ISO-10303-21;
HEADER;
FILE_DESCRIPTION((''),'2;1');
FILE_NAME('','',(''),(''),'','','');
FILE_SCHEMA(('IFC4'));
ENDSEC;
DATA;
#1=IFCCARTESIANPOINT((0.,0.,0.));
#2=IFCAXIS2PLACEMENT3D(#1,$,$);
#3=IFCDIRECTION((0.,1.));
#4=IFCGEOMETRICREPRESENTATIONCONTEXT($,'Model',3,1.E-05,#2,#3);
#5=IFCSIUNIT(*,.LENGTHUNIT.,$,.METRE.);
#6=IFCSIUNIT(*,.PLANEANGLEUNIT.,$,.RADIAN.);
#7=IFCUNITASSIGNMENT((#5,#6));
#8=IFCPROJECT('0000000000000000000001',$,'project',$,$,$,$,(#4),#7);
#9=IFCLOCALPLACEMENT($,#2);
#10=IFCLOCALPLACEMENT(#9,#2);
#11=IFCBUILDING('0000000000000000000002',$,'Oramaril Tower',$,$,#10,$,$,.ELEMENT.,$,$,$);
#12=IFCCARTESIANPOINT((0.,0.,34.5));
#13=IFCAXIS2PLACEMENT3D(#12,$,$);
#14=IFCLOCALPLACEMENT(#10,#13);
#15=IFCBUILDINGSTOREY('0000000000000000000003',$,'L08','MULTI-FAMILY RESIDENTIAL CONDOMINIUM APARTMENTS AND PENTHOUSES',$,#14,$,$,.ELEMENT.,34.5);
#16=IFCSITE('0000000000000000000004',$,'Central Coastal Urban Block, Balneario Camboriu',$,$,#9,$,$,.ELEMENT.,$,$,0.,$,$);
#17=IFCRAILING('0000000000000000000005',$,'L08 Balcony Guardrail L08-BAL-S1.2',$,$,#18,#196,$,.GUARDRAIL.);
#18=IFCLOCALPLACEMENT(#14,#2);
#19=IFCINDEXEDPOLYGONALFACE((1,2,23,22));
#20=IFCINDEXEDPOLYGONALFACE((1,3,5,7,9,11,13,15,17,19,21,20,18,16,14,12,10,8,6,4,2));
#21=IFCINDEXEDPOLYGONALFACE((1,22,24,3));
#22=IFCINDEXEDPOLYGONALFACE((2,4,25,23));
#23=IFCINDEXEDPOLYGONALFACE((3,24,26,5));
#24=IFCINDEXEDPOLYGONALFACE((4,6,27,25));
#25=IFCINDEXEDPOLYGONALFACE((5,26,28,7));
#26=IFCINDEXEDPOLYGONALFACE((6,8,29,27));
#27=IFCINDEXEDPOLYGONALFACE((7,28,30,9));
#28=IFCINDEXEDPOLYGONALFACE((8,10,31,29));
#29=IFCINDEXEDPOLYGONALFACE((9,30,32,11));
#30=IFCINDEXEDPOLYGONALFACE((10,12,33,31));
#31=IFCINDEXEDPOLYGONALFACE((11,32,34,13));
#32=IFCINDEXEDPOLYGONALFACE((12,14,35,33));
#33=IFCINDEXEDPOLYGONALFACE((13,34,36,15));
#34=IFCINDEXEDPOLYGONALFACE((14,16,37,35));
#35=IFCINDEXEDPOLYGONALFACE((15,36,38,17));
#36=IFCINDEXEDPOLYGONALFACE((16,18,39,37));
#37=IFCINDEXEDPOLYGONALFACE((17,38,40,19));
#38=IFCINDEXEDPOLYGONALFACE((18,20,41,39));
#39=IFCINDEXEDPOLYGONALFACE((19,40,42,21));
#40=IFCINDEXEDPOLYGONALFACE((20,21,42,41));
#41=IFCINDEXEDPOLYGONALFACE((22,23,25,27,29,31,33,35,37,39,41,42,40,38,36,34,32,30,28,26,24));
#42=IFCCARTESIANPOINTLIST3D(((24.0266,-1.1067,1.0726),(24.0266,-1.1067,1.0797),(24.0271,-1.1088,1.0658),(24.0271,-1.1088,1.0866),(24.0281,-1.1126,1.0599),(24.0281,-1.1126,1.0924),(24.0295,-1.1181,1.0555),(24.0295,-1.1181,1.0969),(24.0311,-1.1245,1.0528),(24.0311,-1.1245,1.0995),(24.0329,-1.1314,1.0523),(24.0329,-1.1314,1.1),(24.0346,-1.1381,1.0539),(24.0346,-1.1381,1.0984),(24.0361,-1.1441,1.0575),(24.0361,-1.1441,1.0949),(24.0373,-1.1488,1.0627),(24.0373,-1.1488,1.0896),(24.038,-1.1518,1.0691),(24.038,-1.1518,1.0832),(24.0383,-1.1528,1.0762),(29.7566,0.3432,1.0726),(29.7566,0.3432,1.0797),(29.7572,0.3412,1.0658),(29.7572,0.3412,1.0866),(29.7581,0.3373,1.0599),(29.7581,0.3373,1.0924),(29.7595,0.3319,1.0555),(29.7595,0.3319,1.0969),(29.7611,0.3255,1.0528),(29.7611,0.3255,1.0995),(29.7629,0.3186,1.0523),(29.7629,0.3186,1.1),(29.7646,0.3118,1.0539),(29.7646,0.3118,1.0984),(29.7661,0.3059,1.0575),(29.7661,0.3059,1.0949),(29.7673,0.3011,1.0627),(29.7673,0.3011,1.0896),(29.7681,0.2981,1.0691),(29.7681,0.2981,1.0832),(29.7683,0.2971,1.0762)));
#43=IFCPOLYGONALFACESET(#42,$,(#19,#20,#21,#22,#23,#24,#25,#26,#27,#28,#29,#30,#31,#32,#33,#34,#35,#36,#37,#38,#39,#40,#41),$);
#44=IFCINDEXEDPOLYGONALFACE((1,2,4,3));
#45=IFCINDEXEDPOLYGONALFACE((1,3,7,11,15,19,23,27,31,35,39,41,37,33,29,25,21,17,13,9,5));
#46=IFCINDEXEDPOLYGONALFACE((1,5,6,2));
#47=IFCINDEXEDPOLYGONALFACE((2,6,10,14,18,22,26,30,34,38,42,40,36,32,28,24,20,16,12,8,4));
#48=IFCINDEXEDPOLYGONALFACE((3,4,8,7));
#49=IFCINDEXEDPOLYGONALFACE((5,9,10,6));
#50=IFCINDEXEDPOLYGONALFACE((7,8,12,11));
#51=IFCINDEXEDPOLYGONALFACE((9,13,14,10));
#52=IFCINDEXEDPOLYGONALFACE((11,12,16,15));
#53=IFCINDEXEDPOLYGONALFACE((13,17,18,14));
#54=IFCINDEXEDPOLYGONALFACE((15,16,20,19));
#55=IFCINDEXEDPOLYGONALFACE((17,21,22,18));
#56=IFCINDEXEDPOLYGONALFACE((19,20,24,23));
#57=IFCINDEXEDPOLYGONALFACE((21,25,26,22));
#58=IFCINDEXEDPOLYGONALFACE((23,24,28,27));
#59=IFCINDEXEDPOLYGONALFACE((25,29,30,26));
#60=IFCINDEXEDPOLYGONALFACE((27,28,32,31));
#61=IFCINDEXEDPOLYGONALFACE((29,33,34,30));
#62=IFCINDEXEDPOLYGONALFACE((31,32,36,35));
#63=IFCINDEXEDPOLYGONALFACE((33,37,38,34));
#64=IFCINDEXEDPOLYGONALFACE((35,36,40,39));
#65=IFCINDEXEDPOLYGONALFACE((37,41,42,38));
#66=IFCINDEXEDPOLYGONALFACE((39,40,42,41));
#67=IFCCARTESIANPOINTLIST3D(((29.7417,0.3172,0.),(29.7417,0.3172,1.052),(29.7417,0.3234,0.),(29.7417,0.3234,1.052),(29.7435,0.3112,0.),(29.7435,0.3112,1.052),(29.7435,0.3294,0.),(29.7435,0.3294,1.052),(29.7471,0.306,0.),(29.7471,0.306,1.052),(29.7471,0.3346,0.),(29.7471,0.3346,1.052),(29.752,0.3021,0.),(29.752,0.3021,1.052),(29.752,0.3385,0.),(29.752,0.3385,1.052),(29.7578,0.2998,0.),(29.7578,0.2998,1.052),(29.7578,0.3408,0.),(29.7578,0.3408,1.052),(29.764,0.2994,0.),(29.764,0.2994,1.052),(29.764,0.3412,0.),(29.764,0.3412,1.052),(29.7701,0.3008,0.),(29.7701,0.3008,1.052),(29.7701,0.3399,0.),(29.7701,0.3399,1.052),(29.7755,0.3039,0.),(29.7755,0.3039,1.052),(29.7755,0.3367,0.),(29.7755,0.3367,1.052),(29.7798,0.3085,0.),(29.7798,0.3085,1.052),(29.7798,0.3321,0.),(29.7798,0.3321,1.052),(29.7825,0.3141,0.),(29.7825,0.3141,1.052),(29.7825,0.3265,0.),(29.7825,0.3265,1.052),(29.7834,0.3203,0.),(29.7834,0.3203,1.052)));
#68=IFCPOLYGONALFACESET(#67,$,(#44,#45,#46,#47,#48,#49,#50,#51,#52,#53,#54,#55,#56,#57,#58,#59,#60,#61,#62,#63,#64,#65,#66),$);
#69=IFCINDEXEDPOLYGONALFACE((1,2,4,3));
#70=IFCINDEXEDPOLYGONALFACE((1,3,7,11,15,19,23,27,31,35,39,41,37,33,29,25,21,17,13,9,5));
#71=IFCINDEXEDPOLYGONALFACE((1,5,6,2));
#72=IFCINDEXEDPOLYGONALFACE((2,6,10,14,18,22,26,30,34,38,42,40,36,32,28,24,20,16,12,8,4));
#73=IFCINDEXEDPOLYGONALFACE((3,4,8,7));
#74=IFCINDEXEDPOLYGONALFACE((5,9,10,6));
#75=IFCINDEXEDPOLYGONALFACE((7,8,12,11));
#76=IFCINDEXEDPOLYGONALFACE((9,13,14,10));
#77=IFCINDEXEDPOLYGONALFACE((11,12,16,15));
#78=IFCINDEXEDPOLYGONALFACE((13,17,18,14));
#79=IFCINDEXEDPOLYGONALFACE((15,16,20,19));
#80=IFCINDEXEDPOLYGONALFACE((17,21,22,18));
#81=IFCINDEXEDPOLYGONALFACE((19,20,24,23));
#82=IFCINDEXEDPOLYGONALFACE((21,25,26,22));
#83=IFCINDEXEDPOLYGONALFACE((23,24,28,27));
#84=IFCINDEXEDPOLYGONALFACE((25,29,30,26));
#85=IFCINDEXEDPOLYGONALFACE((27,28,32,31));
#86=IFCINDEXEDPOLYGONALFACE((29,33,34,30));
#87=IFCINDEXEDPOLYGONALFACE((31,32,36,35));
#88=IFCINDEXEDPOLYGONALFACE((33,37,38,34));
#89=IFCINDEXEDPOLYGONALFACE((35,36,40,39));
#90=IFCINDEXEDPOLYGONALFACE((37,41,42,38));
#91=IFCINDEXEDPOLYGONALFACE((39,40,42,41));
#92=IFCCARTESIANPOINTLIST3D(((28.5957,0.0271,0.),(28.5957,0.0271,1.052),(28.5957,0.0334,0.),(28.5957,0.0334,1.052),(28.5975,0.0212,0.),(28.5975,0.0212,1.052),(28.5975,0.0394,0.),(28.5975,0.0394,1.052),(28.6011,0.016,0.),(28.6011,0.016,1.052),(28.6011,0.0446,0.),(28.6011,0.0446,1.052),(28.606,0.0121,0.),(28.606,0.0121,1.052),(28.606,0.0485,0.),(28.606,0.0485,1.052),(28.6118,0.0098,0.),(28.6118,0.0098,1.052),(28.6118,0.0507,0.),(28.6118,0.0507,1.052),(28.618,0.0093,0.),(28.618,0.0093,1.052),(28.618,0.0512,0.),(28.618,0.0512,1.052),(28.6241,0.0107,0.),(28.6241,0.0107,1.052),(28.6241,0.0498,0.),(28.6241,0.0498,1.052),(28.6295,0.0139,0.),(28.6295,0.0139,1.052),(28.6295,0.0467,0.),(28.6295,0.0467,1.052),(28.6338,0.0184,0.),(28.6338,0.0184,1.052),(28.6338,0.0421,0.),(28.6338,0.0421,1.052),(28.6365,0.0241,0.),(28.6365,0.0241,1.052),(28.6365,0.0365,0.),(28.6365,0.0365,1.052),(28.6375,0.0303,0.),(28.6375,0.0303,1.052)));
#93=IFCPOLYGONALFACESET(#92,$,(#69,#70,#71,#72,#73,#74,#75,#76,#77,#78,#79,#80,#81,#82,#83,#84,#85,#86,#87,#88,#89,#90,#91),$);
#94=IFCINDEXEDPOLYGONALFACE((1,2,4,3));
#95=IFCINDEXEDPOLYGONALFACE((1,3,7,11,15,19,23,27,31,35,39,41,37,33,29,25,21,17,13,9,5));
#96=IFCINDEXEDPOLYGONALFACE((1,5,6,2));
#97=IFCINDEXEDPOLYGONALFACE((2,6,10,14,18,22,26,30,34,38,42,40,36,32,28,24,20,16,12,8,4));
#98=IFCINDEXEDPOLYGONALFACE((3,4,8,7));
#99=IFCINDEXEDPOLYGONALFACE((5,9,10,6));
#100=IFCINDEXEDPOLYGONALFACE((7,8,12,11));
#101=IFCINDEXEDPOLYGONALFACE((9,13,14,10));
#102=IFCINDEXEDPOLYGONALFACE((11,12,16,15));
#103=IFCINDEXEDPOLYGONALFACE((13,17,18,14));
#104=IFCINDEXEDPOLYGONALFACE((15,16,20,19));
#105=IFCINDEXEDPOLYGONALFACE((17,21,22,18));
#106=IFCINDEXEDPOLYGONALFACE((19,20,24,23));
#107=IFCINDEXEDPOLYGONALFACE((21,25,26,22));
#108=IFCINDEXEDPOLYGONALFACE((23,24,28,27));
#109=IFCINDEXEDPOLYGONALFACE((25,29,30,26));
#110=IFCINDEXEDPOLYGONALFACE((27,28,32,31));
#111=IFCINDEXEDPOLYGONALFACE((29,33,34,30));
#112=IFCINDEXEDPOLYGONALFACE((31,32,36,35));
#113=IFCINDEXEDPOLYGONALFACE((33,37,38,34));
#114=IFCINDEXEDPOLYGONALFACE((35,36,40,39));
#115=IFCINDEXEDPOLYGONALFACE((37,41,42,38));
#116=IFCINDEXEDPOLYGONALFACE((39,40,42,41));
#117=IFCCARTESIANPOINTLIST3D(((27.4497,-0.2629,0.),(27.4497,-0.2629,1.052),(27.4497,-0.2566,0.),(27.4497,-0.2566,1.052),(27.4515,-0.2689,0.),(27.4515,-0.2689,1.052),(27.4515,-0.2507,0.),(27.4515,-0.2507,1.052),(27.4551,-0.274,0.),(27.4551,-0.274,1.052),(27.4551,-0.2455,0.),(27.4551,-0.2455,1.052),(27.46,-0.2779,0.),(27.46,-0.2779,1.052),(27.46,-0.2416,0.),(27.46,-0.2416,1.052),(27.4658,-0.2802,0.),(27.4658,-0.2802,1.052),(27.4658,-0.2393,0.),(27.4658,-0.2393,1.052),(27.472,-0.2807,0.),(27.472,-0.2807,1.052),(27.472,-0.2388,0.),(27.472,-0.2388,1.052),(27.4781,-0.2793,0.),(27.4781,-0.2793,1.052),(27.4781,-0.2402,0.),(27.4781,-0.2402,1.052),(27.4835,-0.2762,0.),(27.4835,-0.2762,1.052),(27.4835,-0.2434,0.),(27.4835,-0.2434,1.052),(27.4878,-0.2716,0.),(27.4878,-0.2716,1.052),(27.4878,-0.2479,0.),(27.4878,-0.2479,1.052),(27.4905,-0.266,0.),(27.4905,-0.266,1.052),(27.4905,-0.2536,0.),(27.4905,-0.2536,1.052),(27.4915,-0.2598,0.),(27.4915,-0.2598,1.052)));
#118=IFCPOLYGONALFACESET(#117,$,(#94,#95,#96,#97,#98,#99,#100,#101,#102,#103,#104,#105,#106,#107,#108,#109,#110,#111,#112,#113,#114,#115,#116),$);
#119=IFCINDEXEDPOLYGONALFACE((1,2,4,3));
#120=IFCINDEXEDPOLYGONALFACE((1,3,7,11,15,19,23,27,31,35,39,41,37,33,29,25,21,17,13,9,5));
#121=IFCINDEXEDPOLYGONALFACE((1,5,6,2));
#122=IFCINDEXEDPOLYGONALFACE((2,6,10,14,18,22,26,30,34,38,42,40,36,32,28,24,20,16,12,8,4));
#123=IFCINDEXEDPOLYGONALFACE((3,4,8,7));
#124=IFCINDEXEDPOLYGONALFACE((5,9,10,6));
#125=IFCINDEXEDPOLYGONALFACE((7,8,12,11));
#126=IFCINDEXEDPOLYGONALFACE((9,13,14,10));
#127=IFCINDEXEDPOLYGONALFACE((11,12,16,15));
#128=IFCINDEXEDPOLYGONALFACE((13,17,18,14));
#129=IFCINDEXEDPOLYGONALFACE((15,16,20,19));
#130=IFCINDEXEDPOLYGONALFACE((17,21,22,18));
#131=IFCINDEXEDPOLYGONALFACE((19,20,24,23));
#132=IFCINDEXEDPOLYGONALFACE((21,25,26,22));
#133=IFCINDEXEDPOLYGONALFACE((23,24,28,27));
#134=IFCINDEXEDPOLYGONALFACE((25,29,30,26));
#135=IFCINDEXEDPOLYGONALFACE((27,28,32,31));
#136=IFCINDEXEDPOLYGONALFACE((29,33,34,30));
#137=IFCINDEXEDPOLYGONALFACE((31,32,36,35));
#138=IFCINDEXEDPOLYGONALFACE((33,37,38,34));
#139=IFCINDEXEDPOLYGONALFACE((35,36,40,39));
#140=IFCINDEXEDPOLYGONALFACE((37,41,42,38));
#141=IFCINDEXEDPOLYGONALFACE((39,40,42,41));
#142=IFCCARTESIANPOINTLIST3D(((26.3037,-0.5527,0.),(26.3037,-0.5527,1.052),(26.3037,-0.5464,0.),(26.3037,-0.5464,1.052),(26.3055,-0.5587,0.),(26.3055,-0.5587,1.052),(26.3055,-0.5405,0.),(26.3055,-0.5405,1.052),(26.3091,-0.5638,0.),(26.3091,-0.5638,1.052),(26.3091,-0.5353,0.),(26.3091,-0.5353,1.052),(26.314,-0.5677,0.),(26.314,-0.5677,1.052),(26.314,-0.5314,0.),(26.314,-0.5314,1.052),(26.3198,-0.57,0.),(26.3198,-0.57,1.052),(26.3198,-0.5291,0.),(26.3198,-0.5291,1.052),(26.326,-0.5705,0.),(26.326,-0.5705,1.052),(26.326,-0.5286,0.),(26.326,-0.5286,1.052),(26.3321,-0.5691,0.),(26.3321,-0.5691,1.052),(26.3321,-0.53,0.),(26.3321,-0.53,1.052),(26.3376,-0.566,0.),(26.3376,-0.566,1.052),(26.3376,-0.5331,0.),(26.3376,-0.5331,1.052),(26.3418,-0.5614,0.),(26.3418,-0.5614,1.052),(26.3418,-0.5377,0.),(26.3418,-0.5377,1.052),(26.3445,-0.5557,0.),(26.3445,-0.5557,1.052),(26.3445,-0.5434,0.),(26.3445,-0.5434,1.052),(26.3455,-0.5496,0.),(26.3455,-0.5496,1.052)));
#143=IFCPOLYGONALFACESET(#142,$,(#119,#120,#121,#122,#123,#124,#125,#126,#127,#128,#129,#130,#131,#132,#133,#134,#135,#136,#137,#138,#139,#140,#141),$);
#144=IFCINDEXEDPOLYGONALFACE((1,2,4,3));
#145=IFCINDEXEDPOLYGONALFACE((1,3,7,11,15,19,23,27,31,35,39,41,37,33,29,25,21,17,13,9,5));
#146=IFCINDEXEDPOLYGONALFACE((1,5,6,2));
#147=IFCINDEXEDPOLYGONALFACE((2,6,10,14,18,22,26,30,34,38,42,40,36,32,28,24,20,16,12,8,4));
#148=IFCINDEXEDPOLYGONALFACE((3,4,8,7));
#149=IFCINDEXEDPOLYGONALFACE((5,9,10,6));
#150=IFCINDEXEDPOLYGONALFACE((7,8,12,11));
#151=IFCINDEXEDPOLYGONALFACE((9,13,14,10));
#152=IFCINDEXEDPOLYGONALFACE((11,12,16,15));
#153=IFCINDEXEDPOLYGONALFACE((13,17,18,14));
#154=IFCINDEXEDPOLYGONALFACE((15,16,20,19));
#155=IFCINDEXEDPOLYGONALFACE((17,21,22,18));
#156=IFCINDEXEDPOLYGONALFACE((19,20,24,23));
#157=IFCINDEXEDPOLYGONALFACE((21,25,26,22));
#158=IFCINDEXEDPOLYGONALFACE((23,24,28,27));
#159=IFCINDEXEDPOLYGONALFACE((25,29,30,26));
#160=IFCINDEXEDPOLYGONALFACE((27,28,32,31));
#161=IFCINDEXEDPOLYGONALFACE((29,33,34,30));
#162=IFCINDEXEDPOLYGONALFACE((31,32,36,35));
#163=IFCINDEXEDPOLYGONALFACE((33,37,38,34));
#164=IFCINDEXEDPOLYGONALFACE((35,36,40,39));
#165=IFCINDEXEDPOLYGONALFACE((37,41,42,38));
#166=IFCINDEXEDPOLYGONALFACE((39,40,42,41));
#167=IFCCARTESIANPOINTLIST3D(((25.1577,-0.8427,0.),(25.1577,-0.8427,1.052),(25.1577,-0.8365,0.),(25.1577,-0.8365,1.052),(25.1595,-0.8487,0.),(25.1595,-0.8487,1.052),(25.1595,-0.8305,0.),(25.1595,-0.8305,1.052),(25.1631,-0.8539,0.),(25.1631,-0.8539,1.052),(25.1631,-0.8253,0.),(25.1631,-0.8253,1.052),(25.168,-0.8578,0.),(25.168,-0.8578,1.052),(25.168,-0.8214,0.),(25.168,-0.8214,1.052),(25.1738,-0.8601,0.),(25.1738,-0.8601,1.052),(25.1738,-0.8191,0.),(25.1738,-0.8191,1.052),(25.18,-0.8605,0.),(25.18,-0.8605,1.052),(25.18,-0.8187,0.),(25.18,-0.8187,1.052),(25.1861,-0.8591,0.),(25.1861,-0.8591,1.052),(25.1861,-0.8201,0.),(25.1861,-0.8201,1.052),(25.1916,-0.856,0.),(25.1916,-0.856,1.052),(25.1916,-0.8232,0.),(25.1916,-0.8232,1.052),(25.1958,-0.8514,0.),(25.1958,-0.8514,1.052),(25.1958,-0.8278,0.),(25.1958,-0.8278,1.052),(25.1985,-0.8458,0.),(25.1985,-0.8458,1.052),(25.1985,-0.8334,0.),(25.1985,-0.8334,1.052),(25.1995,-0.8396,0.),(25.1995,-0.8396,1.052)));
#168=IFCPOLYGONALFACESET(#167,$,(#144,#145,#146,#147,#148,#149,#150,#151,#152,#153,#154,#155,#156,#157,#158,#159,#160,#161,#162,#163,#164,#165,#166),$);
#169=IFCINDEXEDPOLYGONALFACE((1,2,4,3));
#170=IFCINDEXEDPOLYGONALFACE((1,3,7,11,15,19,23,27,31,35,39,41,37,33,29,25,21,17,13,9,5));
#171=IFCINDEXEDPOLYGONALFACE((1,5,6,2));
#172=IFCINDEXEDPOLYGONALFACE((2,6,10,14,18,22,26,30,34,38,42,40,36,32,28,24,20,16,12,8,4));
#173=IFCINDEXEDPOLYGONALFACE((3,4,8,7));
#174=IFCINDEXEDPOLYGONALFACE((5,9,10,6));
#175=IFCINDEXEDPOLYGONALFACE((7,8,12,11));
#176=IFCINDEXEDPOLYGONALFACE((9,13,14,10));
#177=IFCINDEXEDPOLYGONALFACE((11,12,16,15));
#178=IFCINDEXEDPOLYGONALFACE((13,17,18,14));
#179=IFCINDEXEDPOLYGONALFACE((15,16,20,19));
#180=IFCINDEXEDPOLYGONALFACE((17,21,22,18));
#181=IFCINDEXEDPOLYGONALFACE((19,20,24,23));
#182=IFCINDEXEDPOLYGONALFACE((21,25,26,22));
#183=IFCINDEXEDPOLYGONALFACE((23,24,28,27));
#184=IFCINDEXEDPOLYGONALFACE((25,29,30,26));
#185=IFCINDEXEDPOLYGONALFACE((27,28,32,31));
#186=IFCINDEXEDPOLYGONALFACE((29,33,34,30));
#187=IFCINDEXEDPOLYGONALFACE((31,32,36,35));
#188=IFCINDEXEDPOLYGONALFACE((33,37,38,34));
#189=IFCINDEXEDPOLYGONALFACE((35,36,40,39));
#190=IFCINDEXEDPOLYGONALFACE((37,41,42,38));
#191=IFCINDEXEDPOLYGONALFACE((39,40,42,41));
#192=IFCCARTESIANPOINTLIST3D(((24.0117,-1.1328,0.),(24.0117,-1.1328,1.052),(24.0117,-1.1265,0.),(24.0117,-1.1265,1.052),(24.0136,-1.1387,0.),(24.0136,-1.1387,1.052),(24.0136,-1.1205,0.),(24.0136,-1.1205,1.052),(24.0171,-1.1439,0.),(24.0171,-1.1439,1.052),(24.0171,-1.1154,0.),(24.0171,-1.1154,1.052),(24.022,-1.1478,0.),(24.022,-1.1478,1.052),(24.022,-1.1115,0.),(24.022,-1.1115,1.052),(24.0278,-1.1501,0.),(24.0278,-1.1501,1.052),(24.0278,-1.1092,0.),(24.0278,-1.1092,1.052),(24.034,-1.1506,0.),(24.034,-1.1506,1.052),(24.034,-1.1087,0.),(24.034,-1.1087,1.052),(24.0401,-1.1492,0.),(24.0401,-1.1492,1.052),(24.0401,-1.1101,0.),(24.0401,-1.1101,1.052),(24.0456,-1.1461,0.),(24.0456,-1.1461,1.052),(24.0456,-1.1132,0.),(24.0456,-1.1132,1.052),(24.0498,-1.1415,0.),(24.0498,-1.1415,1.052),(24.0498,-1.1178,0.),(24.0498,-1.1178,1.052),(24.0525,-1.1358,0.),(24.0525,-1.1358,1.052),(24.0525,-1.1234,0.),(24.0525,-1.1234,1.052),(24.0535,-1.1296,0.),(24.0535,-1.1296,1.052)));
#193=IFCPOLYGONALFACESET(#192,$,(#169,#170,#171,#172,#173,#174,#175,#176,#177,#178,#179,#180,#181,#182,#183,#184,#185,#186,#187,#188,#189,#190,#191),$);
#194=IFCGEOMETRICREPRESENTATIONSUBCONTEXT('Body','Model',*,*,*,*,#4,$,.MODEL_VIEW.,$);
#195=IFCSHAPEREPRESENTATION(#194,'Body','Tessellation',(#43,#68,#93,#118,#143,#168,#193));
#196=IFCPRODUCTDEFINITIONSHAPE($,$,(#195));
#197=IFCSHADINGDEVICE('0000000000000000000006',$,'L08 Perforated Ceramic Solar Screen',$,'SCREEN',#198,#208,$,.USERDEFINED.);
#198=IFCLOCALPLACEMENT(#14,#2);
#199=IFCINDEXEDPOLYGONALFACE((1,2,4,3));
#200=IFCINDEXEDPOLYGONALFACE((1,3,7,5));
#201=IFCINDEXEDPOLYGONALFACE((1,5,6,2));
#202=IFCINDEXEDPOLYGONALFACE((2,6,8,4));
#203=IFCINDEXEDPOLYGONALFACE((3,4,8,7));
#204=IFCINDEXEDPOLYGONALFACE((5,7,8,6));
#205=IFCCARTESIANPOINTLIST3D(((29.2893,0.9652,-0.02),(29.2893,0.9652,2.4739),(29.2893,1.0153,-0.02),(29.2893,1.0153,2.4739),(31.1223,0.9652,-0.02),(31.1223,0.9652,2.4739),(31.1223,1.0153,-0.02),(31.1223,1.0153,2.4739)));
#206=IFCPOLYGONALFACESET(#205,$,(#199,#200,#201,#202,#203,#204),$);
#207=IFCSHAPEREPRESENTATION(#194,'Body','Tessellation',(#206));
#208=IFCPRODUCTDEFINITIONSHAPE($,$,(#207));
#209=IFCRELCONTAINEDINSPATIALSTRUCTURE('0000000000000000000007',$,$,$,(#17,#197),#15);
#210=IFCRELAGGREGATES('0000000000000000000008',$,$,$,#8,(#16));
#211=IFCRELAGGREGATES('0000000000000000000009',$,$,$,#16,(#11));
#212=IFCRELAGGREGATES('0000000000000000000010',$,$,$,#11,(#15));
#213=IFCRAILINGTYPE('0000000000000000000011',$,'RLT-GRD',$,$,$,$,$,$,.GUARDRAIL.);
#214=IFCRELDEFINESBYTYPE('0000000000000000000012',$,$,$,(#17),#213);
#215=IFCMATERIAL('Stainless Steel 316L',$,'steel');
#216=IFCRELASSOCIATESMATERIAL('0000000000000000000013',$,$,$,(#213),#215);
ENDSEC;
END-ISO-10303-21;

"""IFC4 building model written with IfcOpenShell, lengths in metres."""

from ifc_helpers import new_model, si_unit, direction, frame, origin, origin_2d, place, context, subcontext, project, spatial, rectangle, circle, extrude, material, type_object, element, save


model = new_model("IFC4")

# Units and contexts
model_context = context("Model", 3, precision=1e-05, world=origin(), true_north=direction((0.0, 1.0)))
body_context = subcontext(model_context, "Body", "Model", "MODEL_VIEW")
ifc_project = project(units=[si_unit("LENGTHUNIT", "METRE"), si_unit("PLANEANGLEUNIT", "RADIAN")], contexts=[model_context])

# Site, building, storey
site_placement = place(None, origin())
site = spatial("IfcSite", under=ifc_project, at=site_placement, Name="Central Coastal Urban Block, Balneario Camboriu", CompositionType="ELEMENT", RefElevation=0.0)
building_placement = place(site_placement, origin())
building = spatial("IfcBuilding", under=site, at=building_placement, Name="Oramaril Tower", CompositionType="ELEMENT")
storey_placement = place(building_placement, frame((0.0, 0.0, 34.5)))
storey = spatial("IfcBuildingStorey", under=building, at=storey_placement, Name="L08", Description="MULTI-FAMILY RESIDENTIAL CONDOMINIUM APARTMENTS AND PENTHOUSES", CompositionType="ELEMENT", Elevation=34.5)

# Railing
ifc_material_1 = material(Name="Stainless Steel 316L", Category="steel")
railing_type = type_object("IfcRailingType", Name="RLT-GRD", PredefinedType="GUARDRAIL", material=ifc_material_1)
railing_1_placement = place(storey_placement, frame((29.7625, 0.3203, 0.0)))
element("IfcRailing", 1, at=railing_1_placement, inside=storey, type_object=railing_type, Name="L08 Balcony Guardrail L08-BAL-S1.2", PredefinedType="GUARDRAIL", context=body_context, shape_type="SweptSolid", body=[
    extrude(circle(Radius=0.0239, at=origin_2d()), frame((0.0, 0.0, 1.0762), z_axis=(-0.969444, -0.245314, 0.0), x_axis=(0.245314, -0.969444, 0.0)), (0.0, 0.0, 1.0), 5.9106),
    extrude(circle(Radius=0.021, at=origin_2d()), origin(), (0.0, 0.0, 1.0), 1.052),
    extrude(circle(Radius=0.021, at=origin_2d()), frame((-1.146, -0.29, 0.0)), (0.0, 0.0, 1.0), 1.052),
    extrude(circle(Radius=0.021, at=origin_2d()), frame((-2.292, -0.5801, 0.0)), (0.0, 0.0, 1.0), 1.052),
    extrude(circle(Radius=0.021, at=origin_2d()), frame((-3.438, -0.8699, 0.0)), (0.0, 0.0, 1.0), 1.052),
    extrude(circle(Radius=0.021, at=origin_2d()), frame((-4.584, -1.1599, 0.0)), (0.0, 0.0, 1.0), 1.052),
    extrude(circle(Radius=0.021, at=origin_2d()), frame((-5.73, -1.45, 0.0)), (0.0, 0.0, 1.0), 1.052),
])

# Shading device
shading_device_placement = place(storey_placement, frame((30.2058, 0.9902, -0.02), z_axis=(0.0, 0.0, 1.0), x_axis=(1.0, 0.0, 0.0)))
element("IfcShadingDevice", 2, at=shading_device_placement, inside=storey, Name="L08 Perforated Ceramic Solar Screen", ObjectType="SCREEN", PredefinedType="USERDEFINED", context=body_context, shape_type="SweptSolid", body=[
    extrude(rectangle(XDim=1.833, YDim=0.05, at=origin_2d()), origin(), (0.0, 0.0, 1.0), 2.4939),
])

save(model, "model.ifc")
